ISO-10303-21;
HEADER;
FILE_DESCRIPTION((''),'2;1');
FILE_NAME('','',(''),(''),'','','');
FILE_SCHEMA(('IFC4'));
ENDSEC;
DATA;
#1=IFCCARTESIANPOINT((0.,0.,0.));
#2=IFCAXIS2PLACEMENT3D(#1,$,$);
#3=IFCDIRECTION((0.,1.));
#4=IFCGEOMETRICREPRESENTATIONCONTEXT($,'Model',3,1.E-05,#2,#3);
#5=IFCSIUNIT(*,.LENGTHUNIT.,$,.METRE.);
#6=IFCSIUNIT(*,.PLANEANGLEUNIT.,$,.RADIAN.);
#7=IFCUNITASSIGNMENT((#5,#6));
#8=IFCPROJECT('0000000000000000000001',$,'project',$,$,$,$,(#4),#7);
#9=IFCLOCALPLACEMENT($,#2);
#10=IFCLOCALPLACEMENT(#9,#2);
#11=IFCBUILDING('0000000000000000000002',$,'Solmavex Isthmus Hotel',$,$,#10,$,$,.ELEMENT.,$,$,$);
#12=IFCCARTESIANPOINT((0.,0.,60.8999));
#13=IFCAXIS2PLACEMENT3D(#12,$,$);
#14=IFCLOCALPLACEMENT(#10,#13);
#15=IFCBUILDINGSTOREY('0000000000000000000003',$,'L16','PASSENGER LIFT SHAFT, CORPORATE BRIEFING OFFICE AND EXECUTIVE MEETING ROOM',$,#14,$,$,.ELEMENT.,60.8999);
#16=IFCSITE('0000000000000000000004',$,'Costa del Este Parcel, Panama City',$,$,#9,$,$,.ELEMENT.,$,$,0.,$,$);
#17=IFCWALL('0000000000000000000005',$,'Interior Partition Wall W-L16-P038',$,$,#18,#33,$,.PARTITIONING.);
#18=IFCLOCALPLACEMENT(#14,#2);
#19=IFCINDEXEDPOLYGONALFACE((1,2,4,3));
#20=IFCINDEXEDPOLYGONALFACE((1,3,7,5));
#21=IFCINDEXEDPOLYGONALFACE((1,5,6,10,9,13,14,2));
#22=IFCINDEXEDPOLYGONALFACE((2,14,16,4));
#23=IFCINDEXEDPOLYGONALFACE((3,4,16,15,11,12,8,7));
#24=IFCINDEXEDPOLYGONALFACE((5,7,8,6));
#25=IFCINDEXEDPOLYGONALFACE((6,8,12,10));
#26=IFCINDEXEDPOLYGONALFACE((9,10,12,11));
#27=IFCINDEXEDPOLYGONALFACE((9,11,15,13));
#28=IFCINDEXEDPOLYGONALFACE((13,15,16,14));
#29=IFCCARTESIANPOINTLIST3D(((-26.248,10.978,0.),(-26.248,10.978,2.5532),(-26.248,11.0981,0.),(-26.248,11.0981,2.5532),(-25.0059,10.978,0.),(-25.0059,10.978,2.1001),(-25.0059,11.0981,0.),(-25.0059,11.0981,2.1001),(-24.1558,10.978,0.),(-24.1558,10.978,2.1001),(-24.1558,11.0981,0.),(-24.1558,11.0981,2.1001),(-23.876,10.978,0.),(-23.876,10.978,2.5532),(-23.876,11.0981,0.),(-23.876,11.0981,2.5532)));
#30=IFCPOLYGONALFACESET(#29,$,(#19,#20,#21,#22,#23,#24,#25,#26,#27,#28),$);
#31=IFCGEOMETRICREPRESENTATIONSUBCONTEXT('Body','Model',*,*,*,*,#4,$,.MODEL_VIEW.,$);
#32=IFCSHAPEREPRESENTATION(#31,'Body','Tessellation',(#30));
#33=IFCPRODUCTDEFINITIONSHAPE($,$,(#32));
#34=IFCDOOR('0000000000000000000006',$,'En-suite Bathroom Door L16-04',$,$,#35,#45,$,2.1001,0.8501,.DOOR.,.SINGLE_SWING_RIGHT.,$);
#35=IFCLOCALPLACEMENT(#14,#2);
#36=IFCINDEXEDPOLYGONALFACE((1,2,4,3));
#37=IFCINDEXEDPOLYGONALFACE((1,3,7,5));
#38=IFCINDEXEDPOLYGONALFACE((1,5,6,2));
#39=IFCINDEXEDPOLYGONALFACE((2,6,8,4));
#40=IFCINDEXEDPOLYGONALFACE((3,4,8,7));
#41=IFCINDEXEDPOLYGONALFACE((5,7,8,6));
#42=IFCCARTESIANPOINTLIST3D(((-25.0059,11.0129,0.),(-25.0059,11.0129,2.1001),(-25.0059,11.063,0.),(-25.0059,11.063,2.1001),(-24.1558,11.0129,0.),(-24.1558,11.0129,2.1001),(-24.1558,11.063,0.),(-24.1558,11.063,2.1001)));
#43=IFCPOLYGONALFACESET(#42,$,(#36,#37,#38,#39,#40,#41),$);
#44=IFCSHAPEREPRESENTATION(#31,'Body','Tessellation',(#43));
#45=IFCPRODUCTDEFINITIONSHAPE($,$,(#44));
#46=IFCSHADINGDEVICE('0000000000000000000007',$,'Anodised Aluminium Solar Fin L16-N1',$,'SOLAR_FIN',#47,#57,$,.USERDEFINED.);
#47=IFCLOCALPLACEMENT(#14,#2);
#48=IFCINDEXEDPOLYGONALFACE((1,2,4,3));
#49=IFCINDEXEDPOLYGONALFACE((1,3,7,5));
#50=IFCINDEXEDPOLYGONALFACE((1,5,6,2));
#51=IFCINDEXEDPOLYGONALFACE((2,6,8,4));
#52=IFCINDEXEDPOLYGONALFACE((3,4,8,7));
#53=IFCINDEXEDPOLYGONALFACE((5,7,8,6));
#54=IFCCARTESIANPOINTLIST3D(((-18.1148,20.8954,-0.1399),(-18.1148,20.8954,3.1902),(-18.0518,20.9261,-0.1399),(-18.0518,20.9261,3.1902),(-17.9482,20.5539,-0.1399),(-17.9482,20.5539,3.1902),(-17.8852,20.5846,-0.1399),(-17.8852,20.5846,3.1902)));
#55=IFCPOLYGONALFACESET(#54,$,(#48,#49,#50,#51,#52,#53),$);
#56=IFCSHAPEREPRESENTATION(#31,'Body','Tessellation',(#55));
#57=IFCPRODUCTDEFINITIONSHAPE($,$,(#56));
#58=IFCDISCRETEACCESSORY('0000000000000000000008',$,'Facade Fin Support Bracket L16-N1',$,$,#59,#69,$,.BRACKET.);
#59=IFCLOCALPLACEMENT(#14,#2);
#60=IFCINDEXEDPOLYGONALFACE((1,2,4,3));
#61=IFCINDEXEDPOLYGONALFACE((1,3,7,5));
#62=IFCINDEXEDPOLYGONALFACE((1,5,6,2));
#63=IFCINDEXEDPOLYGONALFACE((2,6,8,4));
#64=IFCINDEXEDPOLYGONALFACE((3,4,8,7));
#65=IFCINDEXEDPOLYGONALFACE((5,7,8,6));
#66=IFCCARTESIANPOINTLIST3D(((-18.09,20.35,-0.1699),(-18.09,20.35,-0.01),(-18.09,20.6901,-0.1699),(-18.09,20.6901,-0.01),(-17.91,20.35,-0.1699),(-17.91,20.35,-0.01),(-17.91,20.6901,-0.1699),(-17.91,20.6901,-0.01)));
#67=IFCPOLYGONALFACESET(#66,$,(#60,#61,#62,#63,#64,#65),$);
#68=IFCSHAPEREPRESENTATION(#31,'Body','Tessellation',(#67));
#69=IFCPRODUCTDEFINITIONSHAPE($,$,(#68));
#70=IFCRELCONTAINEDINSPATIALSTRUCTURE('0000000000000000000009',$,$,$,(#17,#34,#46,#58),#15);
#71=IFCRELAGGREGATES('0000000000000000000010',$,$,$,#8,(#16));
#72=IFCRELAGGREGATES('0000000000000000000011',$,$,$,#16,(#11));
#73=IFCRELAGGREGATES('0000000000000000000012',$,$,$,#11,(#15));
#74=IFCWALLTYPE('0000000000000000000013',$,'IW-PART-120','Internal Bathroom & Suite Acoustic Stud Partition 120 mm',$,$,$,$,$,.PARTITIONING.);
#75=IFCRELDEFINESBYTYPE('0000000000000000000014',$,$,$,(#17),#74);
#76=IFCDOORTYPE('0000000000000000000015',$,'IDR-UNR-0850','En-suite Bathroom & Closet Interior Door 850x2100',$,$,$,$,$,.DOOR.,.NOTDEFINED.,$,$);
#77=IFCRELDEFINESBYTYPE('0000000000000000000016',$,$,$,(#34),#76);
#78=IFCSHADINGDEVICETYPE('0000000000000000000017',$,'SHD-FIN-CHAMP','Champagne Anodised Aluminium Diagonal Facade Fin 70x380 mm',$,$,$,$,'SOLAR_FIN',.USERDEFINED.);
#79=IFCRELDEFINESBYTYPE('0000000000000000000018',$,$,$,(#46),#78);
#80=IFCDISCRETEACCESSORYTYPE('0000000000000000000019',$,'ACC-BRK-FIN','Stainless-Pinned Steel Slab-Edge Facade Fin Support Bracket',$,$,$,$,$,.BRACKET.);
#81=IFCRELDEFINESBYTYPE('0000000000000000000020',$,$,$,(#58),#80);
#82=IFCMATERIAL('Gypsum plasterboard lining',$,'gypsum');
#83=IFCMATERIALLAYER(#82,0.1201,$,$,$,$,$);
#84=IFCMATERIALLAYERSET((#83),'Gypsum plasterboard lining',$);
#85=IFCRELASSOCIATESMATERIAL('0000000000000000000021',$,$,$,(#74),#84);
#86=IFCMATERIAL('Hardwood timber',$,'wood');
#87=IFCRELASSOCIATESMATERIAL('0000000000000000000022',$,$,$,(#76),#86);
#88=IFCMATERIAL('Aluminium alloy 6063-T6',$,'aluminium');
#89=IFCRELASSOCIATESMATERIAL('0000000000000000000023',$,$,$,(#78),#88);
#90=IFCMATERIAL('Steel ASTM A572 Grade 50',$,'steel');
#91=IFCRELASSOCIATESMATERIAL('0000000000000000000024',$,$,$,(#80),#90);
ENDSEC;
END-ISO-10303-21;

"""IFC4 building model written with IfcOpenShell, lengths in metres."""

from ifc_helpers import new_model, si_unit, direction, frame, frame_2d, origin, origin_2d, place, context, subcontext, project, spatial, rectangle, extrude, material, layer, layer_set, type_object, element, fill, save


model = new_model("IFC4")

# Units and contexts
model_context = context("Model", 3, precision=1e-05, world=origin(), true_north=direction((0.0, 1.0)))
body_context = subcontext(model_context, "Body", "Model", "MODEL_VIEW")
ifc_project = project(units=[si_unit("LENGTHUNIT", "METRE"), si_unit("PLANEANGLEUNIT", "RADIAN")], contexts=[model_context])

# Site, building, storey
site_placement = place(None, origin())
site = spatial("IfcSite", under=ifc_project, at=site_placement, Name="Costa del Este Parcel, Panama City", CompositionType="ELEMENT", RefElevation=0.0)
building_placement = place(site_placement, origin())
building = spatial("IfcBuilding", under=site, at=building_placement, Name="Solmavex Isthmus Hotel", CompositionType="ELEMENT")
storey_placement = place(building_placement, frame((0.0, 0.0, 60.8999)))
storey = spatial("IfcBuildingStorey", under=building, at=storey_placement, Name="L16", Description="PASSENGER LIFT SHAFT, CORPORATE BRIEFING OFFICE AND EXECUTIVE MEETING ROOM", CompositionType="ELEMENT", Elevation=60.8999)

# Shared definitions
ifc_material_1 = material(Name="Aluminium alloy 6063-T6", Category="aluminium")

# Shared definitions
ifc_material_2 = material(Name="Gypsum plasterboard lining", Category="gypsum")
ifc_material_3 = material(Name="Hardwood timber", Category="wood")

# Shared definitions
ifc_layer_1 = layer(ifc_material_2, 0.1201)
ifc_layer_set_1 = layer_set([ifc_layer_1], Name="Gypsum plasterboard lining")
wall_type_1 = type_object("IfcWallType", Name="IW-PART-120", Description="Internal Bathroom & Suite Acoustic Stud Partition 120 mm", PredefinedType="PARTITIONING", material=ifc_layer_set_1)

# Wall, opening, door
wall_1_placement = place(storey_placement, frame((-23.876, 11.0381, 0.0), z_axis=(0.0, 0.0, 1.0), x_axis=(-1.0, 0.0, 0.0)))
wall_1 = element("IfcWall", 1, at=wall_1_placement, inside=storey, type_object=wall_type_1, Name="Interior Partition Wall W-L16-P038", PredefinedType="PARTITIONING", context=body_context, shape_type="SweptSolid", body=[
    extrude(rectangle(XDim=2.3721, YDim=0.1201, at=frame_2d((1.186, 0.0))), origin(), (0.0, 0.0, 1.0), 2.5532),
])
opening_1_placement = place(wall_1_placement, frame((0.2798, 0.0, 0.0)))
opening_1 = element("IfcOpeningElement", 2, at=opening_1_placement, cuts=wall_1, PredefinedType="OPENING", context=body_context, shape_type="SweptSolid", body=[
    extrude(rectangle(XDim=0.8501, YDim=2.1001, at=frame_2d((0.425, 1.05))), frame((0.0, 0.0701, 0.0), z_axis=(0.0, -1.0, 0.0), x_axis=(1.0, 0.0, 0.0)), (0.0, 0.0, 1.0), 0.1401),
])
door_type_1 = type_object("IfcDoorType", Name="IDR-UNR-0850", Description="En-suite Bathroom & Closet Interior Door 850x2100", OperationType="NOTDEFINED", PredefinedType="DOOR", material=ifc_material_3)
door_1_placement = place(opening_1_placement, frame((0.8501, 0.0, 0.0), z_axis=(0.0, 0.0, 1.0), x_axis=(-1.0, 0.0, 0.0)))
door_1 = element("IfcDoor", 3, at=door_1_placement, inside=storey, type_object=door_type_1, Name="En-suite Bathroom Door L16-04", OperationType="SINGLE_SWING_RIGHT", OverallHeight=2.1001, OverallWidth=0.8501, PredefinedType="DOOR", context=body_context, shape_type="SweptSolid", body=[
    extrude(rectangle(XDim=0.8501, YDim=2.1001, at=frame_2d((0.425, 1.05))), frame((0.0, 0.0249, 0.0), z_axis=(0.0, -1.0, 0.0), x_axis=(1.0, 0.0, 0.0)), (0.0, 0.0, 1.0), 0.05),
])
fill(opening_1, door_1)

# Shading device
shading_device_type = type_object("IfcShadingDeviceType", Name="SHD-FIN-CHAMP", Description="Champagne Anodised Aluminium Diagonal Facade Fin 70x380 mm", ElementType="SOLAR_FIN", PredefinedType="USERDEFINED", material=ifc_material_1)
shading_device_placement = place(storey_placement, frame((-18.0, 20.74, -0.1399), z_axis=(0.0, 0.0, 1.0), x_axis=(-0.438371, 0.898794, 0.0)))
element("IfcShadingDevice", 4, at=shading_device_placement, inside=storey, type_object=shading_device_type, Name="Anodised Aluminium Solar Fin L16-N1", ObjectType="SOLAR_FIN", PredefinedType="USERDEFINED", context=body_context, shape_type="SweptSolid", body=[
    extrude(rectangle(XDim=0.3799, YDim=0.0701, at=origin_2d()), origin(), (0.0, 0.0, 1.0), 3.3301),
])

# Discrete accessory
ifc_material_4 = material(Name="Steel ASTM A572 Grade 50", Category="steel")
discrete_accessory_type = type_object("IfcDiscreteAccessoryType", Name="ACC-BRK-FIN", Description="Stainless-Pinned Steel Slab-Edge Facade Fin Support Bracket", PredefinedType="BRACKET", material=ifc_material_4)
discrete_accessory_placement = place(storey_placement, frame((-18.0, 20.52, -0.1699), z_axis=(0.0, 0.0, 1.0), x_axis=(0.0, 1.0, 0.0)))
element("IfcDiscreteAccessory", 5, at=discrete_accessory_placement, inside=storey, type_object=discrete_accessory_type, Name="Facade Fin Support Bracket L16-N1", PredefinedType="BRACKET", context=body_context, shape_type="SweptSolid", body=[
    extrude(rectangle(XDim=0.3401, YDim=0.1799, at=origin_2d()), origin(), (0.0, 0.0, 1.0), 0.1599),
])

save(model, "model.ifc")
